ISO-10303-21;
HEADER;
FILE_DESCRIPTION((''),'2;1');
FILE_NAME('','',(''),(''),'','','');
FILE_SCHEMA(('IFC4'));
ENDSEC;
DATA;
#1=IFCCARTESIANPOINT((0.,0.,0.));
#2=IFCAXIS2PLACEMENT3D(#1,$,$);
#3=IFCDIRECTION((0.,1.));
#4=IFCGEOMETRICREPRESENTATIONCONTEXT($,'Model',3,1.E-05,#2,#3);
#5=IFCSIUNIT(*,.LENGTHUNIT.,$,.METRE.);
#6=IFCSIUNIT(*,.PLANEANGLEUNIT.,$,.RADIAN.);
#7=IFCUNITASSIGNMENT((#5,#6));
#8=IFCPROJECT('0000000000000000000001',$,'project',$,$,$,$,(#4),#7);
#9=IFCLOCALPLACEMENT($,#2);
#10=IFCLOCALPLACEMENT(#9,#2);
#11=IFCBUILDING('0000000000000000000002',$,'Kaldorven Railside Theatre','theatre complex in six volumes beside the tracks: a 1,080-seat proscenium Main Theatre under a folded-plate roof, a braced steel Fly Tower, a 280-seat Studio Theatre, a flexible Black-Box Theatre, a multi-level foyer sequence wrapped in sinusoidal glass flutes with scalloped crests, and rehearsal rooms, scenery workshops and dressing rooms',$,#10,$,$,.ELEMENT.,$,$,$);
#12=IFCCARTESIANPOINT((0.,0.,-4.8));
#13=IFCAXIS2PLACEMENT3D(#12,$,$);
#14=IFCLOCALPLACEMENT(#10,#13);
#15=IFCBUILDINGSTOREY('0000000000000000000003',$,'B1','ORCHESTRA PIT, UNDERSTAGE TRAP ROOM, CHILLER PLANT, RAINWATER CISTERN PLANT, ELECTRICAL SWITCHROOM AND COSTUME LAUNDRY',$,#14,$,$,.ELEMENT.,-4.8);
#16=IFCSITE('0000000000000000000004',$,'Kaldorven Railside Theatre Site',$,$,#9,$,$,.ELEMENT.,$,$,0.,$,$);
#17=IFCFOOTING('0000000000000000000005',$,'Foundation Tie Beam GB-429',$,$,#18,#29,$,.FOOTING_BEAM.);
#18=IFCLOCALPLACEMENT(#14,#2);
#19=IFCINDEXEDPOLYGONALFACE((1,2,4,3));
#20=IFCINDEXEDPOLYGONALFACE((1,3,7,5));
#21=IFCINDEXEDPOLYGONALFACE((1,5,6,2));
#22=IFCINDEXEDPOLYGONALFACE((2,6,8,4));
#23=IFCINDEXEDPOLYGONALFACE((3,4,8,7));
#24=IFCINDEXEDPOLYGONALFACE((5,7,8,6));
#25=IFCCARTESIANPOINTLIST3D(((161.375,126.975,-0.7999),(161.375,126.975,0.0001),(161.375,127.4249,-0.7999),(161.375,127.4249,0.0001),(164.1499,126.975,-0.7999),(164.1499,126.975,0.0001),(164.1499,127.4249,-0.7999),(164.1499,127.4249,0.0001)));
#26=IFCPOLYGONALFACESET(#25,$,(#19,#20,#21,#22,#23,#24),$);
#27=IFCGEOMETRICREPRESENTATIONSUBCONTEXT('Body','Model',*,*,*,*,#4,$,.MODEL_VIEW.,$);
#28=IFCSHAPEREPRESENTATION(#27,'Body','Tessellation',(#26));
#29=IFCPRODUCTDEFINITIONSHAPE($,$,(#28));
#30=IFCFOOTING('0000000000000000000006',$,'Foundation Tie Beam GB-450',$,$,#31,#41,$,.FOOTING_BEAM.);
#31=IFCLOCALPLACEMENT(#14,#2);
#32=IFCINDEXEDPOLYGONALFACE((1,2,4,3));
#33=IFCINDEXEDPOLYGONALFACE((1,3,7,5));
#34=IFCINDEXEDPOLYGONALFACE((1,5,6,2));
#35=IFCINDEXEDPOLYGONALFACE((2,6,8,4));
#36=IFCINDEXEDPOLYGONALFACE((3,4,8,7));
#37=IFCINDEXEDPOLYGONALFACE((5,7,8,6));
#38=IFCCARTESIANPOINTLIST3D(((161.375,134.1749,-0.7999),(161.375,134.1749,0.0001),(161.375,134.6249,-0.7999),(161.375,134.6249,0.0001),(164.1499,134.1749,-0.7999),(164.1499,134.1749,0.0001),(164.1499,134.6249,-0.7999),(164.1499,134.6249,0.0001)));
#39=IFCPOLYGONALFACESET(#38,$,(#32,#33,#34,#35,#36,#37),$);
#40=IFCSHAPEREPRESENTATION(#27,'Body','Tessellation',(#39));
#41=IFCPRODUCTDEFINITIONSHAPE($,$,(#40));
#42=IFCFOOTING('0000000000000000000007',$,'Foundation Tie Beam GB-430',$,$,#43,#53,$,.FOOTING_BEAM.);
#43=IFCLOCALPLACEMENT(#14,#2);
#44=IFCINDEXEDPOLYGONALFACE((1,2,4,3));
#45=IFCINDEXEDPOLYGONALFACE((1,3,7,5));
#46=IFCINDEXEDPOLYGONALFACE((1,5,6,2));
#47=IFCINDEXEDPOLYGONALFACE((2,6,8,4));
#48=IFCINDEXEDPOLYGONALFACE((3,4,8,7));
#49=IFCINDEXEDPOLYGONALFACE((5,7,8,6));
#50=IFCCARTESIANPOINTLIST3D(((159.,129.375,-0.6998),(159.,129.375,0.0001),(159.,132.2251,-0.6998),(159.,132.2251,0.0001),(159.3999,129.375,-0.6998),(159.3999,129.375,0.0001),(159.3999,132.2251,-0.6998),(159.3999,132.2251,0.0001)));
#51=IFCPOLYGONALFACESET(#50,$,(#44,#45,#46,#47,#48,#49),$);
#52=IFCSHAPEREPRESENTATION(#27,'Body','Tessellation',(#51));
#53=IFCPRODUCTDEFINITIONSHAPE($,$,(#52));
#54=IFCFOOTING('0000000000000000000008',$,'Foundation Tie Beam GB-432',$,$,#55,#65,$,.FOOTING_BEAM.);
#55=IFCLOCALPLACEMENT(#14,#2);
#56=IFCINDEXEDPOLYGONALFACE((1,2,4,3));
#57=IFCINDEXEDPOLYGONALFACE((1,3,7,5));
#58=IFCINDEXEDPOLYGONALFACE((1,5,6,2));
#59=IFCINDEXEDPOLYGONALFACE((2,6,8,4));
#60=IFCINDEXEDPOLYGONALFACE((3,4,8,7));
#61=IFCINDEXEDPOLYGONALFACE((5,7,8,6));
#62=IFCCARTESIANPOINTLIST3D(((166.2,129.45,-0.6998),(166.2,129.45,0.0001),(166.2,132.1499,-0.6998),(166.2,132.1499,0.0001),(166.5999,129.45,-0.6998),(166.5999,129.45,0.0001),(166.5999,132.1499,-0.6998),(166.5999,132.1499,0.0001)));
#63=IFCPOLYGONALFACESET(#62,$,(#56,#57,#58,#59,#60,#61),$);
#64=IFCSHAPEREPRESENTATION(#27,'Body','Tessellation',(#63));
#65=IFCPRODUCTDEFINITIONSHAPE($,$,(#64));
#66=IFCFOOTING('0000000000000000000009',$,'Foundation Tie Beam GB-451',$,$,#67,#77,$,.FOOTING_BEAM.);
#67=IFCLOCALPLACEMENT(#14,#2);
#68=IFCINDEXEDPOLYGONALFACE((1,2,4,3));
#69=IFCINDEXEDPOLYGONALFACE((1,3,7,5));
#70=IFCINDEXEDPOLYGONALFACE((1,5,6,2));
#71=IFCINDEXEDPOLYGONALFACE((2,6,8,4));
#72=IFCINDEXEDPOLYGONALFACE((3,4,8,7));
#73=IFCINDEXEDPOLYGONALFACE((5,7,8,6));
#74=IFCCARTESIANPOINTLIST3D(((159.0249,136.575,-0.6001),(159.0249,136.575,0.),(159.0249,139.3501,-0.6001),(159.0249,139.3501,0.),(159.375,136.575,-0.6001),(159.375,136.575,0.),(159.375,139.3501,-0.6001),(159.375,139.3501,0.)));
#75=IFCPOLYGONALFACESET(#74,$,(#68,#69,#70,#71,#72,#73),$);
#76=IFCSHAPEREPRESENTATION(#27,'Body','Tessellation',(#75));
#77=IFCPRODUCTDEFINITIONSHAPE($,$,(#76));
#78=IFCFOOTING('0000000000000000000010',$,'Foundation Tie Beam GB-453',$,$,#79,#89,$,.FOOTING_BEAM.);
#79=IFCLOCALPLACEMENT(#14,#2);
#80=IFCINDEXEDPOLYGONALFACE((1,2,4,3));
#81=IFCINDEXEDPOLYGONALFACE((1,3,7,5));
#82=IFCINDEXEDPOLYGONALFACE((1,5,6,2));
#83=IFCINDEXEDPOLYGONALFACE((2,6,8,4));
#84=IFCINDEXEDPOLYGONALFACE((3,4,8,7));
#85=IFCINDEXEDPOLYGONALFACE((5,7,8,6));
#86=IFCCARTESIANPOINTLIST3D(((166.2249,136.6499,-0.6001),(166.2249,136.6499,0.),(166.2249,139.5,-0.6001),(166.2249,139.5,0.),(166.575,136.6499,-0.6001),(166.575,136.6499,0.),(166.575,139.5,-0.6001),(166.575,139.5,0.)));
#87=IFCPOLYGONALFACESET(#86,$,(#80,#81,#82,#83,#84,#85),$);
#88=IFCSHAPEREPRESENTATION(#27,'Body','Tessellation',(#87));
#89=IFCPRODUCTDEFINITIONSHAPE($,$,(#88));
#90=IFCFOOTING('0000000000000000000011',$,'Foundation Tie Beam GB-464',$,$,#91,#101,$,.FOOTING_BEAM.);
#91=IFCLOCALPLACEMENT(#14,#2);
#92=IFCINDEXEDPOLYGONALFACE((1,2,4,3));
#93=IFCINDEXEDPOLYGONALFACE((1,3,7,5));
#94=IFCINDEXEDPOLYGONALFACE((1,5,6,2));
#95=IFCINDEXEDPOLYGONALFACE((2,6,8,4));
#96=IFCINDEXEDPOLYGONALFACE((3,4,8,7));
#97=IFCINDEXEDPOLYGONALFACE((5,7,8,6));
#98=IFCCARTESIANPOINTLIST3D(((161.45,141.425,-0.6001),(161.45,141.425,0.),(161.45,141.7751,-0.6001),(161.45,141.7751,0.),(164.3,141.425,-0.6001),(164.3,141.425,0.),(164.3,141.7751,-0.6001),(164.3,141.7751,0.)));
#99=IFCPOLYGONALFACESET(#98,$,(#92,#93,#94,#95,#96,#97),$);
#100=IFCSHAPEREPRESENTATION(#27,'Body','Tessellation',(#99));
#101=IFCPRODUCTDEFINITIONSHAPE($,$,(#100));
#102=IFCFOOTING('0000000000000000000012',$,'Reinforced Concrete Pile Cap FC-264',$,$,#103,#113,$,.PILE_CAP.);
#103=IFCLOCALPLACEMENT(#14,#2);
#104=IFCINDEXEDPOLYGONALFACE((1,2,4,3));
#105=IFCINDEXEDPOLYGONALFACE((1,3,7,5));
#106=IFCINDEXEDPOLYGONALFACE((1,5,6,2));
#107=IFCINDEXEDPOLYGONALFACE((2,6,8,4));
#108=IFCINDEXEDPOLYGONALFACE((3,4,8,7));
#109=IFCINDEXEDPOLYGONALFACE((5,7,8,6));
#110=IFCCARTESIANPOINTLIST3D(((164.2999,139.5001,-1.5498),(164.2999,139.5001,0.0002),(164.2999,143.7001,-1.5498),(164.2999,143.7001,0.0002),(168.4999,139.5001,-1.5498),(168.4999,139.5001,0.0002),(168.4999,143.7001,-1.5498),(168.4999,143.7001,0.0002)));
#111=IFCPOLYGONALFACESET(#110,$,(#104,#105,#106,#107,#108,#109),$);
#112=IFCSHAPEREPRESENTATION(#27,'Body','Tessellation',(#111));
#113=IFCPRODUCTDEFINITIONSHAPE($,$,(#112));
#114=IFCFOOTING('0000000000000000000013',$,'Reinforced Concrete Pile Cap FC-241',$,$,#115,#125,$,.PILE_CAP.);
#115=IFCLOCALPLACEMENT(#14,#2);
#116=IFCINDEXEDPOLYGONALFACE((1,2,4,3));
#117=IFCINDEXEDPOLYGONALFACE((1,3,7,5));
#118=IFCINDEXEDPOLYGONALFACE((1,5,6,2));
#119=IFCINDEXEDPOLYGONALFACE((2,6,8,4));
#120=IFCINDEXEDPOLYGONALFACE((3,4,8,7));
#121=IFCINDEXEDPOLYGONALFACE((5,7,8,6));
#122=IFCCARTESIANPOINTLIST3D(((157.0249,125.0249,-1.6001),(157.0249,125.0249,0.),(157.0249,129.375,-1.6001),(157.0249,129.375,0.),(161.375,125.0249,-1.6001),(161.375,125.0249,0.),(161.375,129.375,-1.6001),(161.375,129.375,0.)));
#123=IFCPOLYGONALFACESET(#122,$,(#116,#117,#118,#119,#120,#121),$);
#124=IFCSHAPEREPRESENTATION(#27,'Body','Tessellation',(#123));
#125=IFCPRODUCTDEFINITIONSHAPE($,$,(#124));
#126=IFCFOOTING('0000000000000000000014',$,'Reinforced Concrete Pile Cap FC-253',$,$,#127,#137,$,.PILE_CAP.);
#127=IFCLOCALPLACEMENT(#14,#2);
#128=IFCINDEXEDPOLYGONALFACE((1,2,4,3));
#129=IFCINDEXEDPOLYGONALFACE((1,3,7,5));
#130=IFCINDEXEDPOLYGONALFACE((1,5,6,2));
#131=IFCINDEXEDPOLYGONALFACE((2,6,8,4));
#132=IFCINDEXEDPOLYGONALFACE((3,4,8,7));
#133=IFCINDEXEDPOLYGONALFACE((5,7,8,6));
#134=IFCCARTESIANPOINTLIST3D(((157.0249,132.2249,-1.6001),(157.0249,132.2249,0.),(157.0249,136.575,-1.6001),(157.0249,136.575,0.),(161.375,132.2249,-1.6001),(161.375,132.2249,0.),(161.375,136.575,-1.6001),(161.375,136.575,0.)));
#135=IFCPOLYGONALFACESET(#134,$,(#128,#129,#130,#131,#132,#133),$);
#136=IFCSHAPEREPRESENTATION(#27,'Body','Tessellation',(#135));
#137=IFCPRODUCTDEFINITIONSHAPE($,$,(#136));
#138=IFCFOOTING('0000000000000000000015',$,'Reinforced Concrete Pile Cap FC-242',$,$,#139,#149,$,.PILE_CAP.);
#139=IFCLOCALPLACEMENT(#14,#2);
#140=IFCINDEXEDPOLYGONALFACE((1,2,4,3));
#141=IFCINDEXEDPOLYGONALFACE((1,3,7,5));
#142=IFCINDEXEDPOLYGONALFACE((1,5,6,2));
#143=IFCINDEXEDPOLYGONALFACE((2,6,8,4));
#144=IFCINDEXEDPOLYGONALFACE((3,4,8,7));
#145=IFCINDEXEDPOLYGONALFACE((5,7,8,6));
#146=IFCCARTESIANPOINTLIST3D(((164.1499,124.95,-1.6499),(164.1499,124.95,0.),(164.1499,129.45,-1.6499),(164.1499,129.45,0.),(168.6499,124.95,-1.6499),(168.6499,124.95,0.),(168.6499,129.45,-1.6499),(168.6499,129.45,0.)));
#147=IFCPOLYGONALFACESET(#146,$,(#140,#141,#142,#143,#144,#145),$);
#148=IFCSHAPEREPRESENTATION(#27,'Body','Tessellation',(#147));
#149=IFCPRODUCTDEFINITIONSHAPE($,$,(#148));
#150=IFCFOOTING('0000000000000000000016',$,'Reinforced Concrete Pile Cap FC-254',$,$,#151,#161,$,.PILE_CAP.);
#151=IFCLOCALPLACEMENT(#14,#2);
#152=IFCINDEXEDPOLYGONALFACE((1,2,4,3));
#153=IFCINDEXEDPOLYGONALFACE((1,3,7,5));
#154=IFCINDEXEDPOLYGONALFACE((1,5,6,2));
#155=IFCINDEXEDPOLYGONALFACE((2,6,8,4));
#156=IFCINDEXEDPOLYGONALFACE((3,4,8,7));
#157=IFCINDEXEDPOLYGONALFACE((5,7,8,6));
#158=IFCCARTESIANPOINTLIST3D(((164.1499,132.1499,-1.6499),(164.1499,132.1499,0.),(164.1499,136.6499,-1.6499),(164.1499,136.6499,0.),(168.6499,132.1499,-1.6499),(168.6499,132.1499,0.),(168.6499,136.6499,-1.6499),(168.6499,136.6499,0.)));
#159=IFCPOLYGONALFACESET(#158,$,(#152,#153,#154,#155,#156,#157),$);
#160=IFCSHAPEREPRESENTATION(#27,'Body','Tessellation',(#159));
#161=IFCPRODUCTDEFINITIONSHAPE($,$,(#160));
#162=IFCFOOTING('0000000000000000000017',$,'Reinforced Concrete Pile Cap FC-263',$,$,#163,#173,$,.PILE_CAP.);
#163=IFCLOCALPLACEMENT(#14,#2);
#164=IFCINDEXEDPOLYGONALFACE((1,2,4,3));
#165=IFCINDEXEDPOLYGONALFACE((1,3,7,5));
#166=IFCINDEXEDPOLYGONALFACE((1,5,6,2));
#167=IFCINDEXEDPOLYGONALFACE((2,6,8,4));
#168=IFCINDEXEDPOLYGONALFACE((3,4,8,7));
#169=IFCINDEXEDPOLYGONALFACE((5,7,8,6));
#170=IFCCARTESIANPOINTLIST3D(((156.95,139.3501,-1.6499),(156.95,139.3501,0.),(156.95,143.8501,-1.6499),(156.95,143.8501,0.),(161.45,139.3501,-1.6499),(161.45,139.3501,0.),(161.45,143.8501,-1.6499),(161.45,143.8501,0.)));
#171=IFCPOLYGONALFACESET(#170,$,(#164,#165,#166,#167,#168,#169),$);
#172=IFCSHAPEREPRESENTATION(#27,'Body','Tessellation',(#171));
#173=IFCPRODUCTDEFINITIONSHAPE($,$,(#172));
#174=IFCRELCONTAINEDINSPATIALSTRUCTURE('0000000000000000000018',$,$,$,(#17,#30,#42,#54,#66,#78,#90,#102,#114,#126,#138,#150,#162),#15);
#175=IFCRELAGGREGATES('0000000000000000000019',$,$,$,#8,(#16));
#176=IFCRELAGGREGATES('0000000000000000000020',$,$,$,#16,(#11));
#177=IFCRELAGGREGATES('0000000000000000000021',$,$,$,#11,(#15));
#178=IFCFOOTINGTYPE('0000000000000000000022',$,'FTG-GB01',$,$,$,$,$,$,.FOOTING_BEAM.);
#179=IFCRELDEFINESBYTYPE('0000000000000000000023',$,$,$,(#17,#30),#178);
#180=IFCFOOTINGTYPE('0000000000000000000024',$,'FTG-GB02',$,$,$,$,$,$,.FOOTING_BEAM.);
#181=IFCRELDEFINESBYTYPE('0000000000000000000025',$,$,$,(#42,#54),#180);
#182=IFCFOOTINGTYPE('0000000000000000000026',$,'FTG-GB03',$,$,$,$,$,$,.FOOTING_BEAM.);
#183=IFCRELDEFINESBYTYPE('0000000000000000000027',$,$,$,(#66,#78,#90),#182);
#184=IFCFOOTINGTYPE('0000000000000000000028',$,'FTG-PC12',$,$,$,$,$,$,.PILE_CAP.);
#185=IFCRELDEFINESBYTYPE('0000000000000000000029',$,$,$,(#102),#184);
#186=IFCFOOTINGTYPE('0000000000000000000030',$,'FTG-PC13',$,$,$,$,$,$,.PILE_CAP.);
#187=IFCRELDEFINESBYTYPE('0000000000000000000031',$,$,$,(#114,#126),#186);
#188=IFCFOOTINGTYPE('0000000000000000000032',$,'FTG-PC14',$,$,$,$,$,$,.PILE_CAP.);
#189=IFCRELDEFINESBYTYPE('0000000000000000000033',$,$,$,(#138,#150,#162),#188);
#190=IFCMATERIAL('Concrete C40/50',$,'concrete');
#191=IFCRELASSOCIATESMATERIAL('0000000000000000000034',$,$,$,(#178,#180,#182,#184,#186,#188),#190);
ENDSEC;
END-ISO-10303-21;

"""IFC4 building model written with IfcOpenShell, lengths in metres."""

from ifc_helpers import new_model, si_unit, direction, frame, origin, origin_2d, place, context, subcontext, project, spatial, rectangle, extrude, material, material_profile, profile_set, type_object, element, save


model = new_model("IFC4")

# Units and contexts
model_context = context("Model", 3, precision=1e-05, world=origin(), true_north=direction((0.0, 1.0)))
body_context = subcontext(model_context, "Body", "Model", "MODEL_VIEW")
ifc_project = project(units=[si_unit("LENGTHUNIT", "METRE"), si_unit("PLANEANGLEUNIT", "RADIAN")], contexts=[model_context])

# Site, building, storey
site_placement = place(None, origin())
site = spatial("IfcSite", under=ifc_project, at=site_placement, Name="Kaldorven Railside Theatre Site", CompositionType="ELEMENT", RefElevation=0.0)
building_placement = place(site_placement, origin())
building = spatial("IfcBuilding", under=site, at=building_placement, Name="Kaldorven Railside Theatre", Description="theatre complex in six volumes beside the tracks: a 1,080-seat proscenium Main Theatre under a folded-plate roof, a braced steel Fly Tower, a 280-seat Studio Theatre, a flexible Black-Box Theatre, a multi-level foyer sequence wrapped in sinusoidal glass flutes with scalloped crests, and rehearsal rooms, scenery workshops and dressing rooms", CompositionType="ELEMENT")
storey_placement = place(building_placement, frame((0.0, 0.0, -4.8)))
storey = spatial("IfcBuildingStorey", under=building, at=storey_placement, Name="B1", Description="ORCHESTRA PIT, UNDERSTAGE TRAP ROOM, CHILLER PLANT, RAINWATER CISTERN PLANT, ELECTRICAL SWITCHROOM AND COSTUME LAUNDRY", CompositionType="ELEMENT", Elevation=-4.8)

# Footings
ifc_material_1 = material(Name="Concrete C40/50", Category="concrete")
ifc_material_profile_1 = material_profile(ifc_material_1, rectangle(XDim=0.45, YDim=0.8, at=origin_2d()), Name="RC 450x800")
ifc_profile_set_1 = profile_set([ifc_material_profile_1], Name="Concrete C40/50")
footing_type_1 = type_object("IfcFootingType", Name="FTG-GB01", PredefinedType="FOOTING_BEAM", material=ifc_profile_set_1)
for number, where, z_axis, x_axis, name in (
    (1, (161.375, 127.2, -0.3999), (1.0, 0.0, 0.0), (0.0, 1.0, 0.0), "Foundation Tie Beam GB-429"),
    (2, (161.375, 134.3999, -0.3999), (1.0, 0.0, 0.0), (0.0, 1.0, 0.0), "Foundation Tie Beam GB-450"),
):
    element("IfcFooting", number, at=place(storey_placement, frame(where, z_axis=z_axis, x_axis=x_axis)), inside=storey, type_object=footing_type_1, Name=name, PredefinedType="FOOTING_BEAM", context=body_context, shape_type="SweptSolid", body=[
        extrude(rectangle(XDim=0.45, YDim=0.8, at=origin_2d()), origin(), (0.0, 0.0, 1.0), 2.7749),
    ])
ifc_material_profile_2 = material_profile(ifc_material_1, rectangle(XDim=0.3999, YDim=0.7, at=origin_2d()), Name="RC 400x700")
ifc_profile_set_2 = profile_set([ifc_material_profile_2], Name="Concrete C40/50")
footing_type_2 = type_object("IfcFootingType", Name="FTG-GB02", PredefinedType="FOOTING_BEAM", material=ifc_profile_set_2)
footing_1_placement = place(storey_placement, frame((159.2, 129.375, -0.3499), z_axis=(0.0, 1.0, 0.0), x_axis=(-1.0, 0.0, 0.0)))
element("IfcFooting", 3, at=footing_1_placement, inside=storey, type_object=footing_type_2, Name="Foundation Tie Beam GB-430", PredefinedType="FOOTING_BEAM", context=body_context, shape_type="SweptSolid", body=[
    extrude(rectangle(XDim=0.3999, YDim=0.7, at=origin_2d()), origin(), (0.0, 0.0, 1.0), 2.8501),
])
footing_2_placement = place(storey_placement, frame((166.3999, 129.45, -0.3499), z_axis=(0.0, 1.0, 0.0), x_axis=(-1.0, 0.0, 0.0)))
element("IfcFooting", 4, at=footing_2_placement, inside=storey, type_object=footing_type_2, Name="Foundation Tie Beam GB-432", PredefinedType="FOOTING_BEAM", context=body_context, shape_type="SweptSolid", body=[
    extrude(rectangle(XDim=0.3999, YDim=0.7, at=origin_2d()), origin(), (0.0, 0.0, 1.0), 2.7),
])
ifc_material_profile_3 = material_profile(ifc_material_1, rectangle(XDim=0.3501, YDim=0.6001, at=origin_2d()), Name="RC 350x600")
ifc_profile_set_3 = profile_set([ifc_material_profile_3], Name="Concrete C40/50")
footing_type_3 = type_object("IfcFootingType", Name="FTG-GB03", PredefinedType="FOOTING_BEAM", material=ifc_profile_set_3)
footing_3_placement = place(storey_placement, frame((159.2, 136.575, -0.3), z_axis=(0.0, 1.0, 0.0), x_axis=(-1.0, 0.0, 0.0)))
element("IfcFooting", 5, at=footing_3_placement, inside=storey, type_object=footing_type_3, Name="Foundation Tie Beam GB-451", PredefinedType="FOOTING_BEAM", context=body_context, shape_type="SweptSolid", body=[
    extrude(rectangle(XDim=0.3501, YDim=0.6001, at=origin_2d()), origin(), (0.0, 0.0, 1.0), 2.7751),
])
for number, where, z_axis, x_axis, name in (
    (6, (166.3999, 136.6499, -0.3), (0.0, 1.0, 0.0), (-1.0, 0.0, 0.0), "Foundation Tie Beam GB-453"),
    (7, (161.45, 141.6001, -0.3), (1.0, 0.0, 0.0), (0.0, 1.0, 0.0), "Foundation Tie Beam GB-464"),
):
    element("IfcFooting", number, at=place(storey_placement, frame(where, z_axis=z_axis, x_axis=x_axis)), inside=storey, type_object=footing_type_3, Name=name, PredefinedType="FOOTING_BEAM", context=body_context, shape_type="SweptSolid", body=[
        extrude(rectangle(XDim=0.3501, YDim=0.6001, at=origin_2d()), origin(), (0.0, 0.0, 1.0), 2.8501),
    ])
footing_type_4 = type_object("IfcFootingType", Name="FTG-PC12", PredefinedType="PILE_CAP", material=ifc_material_1)
footing_4_placement = place(storey_placement, frame((166.3999, 141.6001, -1.5498), z_axis=(0.0, 0.0, 1.0), x_axis=(1.0, 0.0, 0.0)))
element("IfcFooting", 8, at=footing_4_placement, inside=storey, type_object=footing_type_4, Name="Reinforced Concrete Pile Cap FC-264", PredefinedType="PILE_CAP", context=body_context, shape_type="SweptSolid", body=[
    extrude(rectangle(XDim=4.2, YDim=4.2, at=origin_2d()), origin(), (0.0, 0.0, 1.0), 1.55),
])
footing_type_5 = type_object("IfcFootingType", Name="FTG-PC13", PredefinedType="PILE_CAP", material=ifc_material_1)
for number, where, z_axis, x_axis, name in (
    (9, (159.2, 127.2, -1.6001), (0.0, 0.0, 1.0), (1.0, 0.0, 0.0), "Reinforced Concrete Pile Cap FC-241"),
    (10, (159.2, 134.3999, -1.6001), (0.0, 0.0, 1.0), (1.0, 0.0, 0.0), "Reinforced Concrete Pile Cap FC-253"),
):
    element("IfcFooting", number, at=place(storey_placement, frame(where, z_axis=z_axis, x_axis=x_axis)), inside=storey, type_object=footing_type_5, Name=name, PredefinedType="PILE_CAP", context=body_context, shape_type="SweptSolid", body=[
        extrude(rectangle(XDim=4.3501, YDim=4.3501, at=origin_2d()), origin(), (0.0, 0.0, 1.0), 1.6001),
    ])
footing_type_6 = type_object("IfcFootingType", Name="FTG-PC14", PredefinedType="PILE_CAP", material=ifc_material_1)
for number, where, z_axis, x_axis, name in (
    (11, (166.3999, 127.2, -1.6499), (0.0, 0.0, 1.0), (1.0, 0.0, 0.0), "Reinforced Concrete Pile Cap FC-242"),
    (12, (166.3999, 134.3999, -1.6499), (0.0, 0.0, 1.0), (1.0, 0.0, 0.0), "Reinforced Concrete Pile Cap FC-254"),
    (13, (159.2, 141.6001, -1.6499), (0.0, 0.0, 1.0), (1.0, 0.0, 0.0), "Reinforced Concrete Pile Cap FC-263"),
):
    element("IfcFooting", number, at=place(storey_placement, frame(where, z_axis=z_axis, x_axis=x_axis)), inside=storey, type_object=footing_type_6, Name=name, PredefinedType="PILE_CAP", context=body_context, shape_type="SweptSolid", body=[
        extrude(rectangle(XDim=4.5, YDim=4.5, at=origin_2d()), origin(), (0.0, 0.0, 1.0), 1.6499),
    ])

save(model, "model.ifc")
